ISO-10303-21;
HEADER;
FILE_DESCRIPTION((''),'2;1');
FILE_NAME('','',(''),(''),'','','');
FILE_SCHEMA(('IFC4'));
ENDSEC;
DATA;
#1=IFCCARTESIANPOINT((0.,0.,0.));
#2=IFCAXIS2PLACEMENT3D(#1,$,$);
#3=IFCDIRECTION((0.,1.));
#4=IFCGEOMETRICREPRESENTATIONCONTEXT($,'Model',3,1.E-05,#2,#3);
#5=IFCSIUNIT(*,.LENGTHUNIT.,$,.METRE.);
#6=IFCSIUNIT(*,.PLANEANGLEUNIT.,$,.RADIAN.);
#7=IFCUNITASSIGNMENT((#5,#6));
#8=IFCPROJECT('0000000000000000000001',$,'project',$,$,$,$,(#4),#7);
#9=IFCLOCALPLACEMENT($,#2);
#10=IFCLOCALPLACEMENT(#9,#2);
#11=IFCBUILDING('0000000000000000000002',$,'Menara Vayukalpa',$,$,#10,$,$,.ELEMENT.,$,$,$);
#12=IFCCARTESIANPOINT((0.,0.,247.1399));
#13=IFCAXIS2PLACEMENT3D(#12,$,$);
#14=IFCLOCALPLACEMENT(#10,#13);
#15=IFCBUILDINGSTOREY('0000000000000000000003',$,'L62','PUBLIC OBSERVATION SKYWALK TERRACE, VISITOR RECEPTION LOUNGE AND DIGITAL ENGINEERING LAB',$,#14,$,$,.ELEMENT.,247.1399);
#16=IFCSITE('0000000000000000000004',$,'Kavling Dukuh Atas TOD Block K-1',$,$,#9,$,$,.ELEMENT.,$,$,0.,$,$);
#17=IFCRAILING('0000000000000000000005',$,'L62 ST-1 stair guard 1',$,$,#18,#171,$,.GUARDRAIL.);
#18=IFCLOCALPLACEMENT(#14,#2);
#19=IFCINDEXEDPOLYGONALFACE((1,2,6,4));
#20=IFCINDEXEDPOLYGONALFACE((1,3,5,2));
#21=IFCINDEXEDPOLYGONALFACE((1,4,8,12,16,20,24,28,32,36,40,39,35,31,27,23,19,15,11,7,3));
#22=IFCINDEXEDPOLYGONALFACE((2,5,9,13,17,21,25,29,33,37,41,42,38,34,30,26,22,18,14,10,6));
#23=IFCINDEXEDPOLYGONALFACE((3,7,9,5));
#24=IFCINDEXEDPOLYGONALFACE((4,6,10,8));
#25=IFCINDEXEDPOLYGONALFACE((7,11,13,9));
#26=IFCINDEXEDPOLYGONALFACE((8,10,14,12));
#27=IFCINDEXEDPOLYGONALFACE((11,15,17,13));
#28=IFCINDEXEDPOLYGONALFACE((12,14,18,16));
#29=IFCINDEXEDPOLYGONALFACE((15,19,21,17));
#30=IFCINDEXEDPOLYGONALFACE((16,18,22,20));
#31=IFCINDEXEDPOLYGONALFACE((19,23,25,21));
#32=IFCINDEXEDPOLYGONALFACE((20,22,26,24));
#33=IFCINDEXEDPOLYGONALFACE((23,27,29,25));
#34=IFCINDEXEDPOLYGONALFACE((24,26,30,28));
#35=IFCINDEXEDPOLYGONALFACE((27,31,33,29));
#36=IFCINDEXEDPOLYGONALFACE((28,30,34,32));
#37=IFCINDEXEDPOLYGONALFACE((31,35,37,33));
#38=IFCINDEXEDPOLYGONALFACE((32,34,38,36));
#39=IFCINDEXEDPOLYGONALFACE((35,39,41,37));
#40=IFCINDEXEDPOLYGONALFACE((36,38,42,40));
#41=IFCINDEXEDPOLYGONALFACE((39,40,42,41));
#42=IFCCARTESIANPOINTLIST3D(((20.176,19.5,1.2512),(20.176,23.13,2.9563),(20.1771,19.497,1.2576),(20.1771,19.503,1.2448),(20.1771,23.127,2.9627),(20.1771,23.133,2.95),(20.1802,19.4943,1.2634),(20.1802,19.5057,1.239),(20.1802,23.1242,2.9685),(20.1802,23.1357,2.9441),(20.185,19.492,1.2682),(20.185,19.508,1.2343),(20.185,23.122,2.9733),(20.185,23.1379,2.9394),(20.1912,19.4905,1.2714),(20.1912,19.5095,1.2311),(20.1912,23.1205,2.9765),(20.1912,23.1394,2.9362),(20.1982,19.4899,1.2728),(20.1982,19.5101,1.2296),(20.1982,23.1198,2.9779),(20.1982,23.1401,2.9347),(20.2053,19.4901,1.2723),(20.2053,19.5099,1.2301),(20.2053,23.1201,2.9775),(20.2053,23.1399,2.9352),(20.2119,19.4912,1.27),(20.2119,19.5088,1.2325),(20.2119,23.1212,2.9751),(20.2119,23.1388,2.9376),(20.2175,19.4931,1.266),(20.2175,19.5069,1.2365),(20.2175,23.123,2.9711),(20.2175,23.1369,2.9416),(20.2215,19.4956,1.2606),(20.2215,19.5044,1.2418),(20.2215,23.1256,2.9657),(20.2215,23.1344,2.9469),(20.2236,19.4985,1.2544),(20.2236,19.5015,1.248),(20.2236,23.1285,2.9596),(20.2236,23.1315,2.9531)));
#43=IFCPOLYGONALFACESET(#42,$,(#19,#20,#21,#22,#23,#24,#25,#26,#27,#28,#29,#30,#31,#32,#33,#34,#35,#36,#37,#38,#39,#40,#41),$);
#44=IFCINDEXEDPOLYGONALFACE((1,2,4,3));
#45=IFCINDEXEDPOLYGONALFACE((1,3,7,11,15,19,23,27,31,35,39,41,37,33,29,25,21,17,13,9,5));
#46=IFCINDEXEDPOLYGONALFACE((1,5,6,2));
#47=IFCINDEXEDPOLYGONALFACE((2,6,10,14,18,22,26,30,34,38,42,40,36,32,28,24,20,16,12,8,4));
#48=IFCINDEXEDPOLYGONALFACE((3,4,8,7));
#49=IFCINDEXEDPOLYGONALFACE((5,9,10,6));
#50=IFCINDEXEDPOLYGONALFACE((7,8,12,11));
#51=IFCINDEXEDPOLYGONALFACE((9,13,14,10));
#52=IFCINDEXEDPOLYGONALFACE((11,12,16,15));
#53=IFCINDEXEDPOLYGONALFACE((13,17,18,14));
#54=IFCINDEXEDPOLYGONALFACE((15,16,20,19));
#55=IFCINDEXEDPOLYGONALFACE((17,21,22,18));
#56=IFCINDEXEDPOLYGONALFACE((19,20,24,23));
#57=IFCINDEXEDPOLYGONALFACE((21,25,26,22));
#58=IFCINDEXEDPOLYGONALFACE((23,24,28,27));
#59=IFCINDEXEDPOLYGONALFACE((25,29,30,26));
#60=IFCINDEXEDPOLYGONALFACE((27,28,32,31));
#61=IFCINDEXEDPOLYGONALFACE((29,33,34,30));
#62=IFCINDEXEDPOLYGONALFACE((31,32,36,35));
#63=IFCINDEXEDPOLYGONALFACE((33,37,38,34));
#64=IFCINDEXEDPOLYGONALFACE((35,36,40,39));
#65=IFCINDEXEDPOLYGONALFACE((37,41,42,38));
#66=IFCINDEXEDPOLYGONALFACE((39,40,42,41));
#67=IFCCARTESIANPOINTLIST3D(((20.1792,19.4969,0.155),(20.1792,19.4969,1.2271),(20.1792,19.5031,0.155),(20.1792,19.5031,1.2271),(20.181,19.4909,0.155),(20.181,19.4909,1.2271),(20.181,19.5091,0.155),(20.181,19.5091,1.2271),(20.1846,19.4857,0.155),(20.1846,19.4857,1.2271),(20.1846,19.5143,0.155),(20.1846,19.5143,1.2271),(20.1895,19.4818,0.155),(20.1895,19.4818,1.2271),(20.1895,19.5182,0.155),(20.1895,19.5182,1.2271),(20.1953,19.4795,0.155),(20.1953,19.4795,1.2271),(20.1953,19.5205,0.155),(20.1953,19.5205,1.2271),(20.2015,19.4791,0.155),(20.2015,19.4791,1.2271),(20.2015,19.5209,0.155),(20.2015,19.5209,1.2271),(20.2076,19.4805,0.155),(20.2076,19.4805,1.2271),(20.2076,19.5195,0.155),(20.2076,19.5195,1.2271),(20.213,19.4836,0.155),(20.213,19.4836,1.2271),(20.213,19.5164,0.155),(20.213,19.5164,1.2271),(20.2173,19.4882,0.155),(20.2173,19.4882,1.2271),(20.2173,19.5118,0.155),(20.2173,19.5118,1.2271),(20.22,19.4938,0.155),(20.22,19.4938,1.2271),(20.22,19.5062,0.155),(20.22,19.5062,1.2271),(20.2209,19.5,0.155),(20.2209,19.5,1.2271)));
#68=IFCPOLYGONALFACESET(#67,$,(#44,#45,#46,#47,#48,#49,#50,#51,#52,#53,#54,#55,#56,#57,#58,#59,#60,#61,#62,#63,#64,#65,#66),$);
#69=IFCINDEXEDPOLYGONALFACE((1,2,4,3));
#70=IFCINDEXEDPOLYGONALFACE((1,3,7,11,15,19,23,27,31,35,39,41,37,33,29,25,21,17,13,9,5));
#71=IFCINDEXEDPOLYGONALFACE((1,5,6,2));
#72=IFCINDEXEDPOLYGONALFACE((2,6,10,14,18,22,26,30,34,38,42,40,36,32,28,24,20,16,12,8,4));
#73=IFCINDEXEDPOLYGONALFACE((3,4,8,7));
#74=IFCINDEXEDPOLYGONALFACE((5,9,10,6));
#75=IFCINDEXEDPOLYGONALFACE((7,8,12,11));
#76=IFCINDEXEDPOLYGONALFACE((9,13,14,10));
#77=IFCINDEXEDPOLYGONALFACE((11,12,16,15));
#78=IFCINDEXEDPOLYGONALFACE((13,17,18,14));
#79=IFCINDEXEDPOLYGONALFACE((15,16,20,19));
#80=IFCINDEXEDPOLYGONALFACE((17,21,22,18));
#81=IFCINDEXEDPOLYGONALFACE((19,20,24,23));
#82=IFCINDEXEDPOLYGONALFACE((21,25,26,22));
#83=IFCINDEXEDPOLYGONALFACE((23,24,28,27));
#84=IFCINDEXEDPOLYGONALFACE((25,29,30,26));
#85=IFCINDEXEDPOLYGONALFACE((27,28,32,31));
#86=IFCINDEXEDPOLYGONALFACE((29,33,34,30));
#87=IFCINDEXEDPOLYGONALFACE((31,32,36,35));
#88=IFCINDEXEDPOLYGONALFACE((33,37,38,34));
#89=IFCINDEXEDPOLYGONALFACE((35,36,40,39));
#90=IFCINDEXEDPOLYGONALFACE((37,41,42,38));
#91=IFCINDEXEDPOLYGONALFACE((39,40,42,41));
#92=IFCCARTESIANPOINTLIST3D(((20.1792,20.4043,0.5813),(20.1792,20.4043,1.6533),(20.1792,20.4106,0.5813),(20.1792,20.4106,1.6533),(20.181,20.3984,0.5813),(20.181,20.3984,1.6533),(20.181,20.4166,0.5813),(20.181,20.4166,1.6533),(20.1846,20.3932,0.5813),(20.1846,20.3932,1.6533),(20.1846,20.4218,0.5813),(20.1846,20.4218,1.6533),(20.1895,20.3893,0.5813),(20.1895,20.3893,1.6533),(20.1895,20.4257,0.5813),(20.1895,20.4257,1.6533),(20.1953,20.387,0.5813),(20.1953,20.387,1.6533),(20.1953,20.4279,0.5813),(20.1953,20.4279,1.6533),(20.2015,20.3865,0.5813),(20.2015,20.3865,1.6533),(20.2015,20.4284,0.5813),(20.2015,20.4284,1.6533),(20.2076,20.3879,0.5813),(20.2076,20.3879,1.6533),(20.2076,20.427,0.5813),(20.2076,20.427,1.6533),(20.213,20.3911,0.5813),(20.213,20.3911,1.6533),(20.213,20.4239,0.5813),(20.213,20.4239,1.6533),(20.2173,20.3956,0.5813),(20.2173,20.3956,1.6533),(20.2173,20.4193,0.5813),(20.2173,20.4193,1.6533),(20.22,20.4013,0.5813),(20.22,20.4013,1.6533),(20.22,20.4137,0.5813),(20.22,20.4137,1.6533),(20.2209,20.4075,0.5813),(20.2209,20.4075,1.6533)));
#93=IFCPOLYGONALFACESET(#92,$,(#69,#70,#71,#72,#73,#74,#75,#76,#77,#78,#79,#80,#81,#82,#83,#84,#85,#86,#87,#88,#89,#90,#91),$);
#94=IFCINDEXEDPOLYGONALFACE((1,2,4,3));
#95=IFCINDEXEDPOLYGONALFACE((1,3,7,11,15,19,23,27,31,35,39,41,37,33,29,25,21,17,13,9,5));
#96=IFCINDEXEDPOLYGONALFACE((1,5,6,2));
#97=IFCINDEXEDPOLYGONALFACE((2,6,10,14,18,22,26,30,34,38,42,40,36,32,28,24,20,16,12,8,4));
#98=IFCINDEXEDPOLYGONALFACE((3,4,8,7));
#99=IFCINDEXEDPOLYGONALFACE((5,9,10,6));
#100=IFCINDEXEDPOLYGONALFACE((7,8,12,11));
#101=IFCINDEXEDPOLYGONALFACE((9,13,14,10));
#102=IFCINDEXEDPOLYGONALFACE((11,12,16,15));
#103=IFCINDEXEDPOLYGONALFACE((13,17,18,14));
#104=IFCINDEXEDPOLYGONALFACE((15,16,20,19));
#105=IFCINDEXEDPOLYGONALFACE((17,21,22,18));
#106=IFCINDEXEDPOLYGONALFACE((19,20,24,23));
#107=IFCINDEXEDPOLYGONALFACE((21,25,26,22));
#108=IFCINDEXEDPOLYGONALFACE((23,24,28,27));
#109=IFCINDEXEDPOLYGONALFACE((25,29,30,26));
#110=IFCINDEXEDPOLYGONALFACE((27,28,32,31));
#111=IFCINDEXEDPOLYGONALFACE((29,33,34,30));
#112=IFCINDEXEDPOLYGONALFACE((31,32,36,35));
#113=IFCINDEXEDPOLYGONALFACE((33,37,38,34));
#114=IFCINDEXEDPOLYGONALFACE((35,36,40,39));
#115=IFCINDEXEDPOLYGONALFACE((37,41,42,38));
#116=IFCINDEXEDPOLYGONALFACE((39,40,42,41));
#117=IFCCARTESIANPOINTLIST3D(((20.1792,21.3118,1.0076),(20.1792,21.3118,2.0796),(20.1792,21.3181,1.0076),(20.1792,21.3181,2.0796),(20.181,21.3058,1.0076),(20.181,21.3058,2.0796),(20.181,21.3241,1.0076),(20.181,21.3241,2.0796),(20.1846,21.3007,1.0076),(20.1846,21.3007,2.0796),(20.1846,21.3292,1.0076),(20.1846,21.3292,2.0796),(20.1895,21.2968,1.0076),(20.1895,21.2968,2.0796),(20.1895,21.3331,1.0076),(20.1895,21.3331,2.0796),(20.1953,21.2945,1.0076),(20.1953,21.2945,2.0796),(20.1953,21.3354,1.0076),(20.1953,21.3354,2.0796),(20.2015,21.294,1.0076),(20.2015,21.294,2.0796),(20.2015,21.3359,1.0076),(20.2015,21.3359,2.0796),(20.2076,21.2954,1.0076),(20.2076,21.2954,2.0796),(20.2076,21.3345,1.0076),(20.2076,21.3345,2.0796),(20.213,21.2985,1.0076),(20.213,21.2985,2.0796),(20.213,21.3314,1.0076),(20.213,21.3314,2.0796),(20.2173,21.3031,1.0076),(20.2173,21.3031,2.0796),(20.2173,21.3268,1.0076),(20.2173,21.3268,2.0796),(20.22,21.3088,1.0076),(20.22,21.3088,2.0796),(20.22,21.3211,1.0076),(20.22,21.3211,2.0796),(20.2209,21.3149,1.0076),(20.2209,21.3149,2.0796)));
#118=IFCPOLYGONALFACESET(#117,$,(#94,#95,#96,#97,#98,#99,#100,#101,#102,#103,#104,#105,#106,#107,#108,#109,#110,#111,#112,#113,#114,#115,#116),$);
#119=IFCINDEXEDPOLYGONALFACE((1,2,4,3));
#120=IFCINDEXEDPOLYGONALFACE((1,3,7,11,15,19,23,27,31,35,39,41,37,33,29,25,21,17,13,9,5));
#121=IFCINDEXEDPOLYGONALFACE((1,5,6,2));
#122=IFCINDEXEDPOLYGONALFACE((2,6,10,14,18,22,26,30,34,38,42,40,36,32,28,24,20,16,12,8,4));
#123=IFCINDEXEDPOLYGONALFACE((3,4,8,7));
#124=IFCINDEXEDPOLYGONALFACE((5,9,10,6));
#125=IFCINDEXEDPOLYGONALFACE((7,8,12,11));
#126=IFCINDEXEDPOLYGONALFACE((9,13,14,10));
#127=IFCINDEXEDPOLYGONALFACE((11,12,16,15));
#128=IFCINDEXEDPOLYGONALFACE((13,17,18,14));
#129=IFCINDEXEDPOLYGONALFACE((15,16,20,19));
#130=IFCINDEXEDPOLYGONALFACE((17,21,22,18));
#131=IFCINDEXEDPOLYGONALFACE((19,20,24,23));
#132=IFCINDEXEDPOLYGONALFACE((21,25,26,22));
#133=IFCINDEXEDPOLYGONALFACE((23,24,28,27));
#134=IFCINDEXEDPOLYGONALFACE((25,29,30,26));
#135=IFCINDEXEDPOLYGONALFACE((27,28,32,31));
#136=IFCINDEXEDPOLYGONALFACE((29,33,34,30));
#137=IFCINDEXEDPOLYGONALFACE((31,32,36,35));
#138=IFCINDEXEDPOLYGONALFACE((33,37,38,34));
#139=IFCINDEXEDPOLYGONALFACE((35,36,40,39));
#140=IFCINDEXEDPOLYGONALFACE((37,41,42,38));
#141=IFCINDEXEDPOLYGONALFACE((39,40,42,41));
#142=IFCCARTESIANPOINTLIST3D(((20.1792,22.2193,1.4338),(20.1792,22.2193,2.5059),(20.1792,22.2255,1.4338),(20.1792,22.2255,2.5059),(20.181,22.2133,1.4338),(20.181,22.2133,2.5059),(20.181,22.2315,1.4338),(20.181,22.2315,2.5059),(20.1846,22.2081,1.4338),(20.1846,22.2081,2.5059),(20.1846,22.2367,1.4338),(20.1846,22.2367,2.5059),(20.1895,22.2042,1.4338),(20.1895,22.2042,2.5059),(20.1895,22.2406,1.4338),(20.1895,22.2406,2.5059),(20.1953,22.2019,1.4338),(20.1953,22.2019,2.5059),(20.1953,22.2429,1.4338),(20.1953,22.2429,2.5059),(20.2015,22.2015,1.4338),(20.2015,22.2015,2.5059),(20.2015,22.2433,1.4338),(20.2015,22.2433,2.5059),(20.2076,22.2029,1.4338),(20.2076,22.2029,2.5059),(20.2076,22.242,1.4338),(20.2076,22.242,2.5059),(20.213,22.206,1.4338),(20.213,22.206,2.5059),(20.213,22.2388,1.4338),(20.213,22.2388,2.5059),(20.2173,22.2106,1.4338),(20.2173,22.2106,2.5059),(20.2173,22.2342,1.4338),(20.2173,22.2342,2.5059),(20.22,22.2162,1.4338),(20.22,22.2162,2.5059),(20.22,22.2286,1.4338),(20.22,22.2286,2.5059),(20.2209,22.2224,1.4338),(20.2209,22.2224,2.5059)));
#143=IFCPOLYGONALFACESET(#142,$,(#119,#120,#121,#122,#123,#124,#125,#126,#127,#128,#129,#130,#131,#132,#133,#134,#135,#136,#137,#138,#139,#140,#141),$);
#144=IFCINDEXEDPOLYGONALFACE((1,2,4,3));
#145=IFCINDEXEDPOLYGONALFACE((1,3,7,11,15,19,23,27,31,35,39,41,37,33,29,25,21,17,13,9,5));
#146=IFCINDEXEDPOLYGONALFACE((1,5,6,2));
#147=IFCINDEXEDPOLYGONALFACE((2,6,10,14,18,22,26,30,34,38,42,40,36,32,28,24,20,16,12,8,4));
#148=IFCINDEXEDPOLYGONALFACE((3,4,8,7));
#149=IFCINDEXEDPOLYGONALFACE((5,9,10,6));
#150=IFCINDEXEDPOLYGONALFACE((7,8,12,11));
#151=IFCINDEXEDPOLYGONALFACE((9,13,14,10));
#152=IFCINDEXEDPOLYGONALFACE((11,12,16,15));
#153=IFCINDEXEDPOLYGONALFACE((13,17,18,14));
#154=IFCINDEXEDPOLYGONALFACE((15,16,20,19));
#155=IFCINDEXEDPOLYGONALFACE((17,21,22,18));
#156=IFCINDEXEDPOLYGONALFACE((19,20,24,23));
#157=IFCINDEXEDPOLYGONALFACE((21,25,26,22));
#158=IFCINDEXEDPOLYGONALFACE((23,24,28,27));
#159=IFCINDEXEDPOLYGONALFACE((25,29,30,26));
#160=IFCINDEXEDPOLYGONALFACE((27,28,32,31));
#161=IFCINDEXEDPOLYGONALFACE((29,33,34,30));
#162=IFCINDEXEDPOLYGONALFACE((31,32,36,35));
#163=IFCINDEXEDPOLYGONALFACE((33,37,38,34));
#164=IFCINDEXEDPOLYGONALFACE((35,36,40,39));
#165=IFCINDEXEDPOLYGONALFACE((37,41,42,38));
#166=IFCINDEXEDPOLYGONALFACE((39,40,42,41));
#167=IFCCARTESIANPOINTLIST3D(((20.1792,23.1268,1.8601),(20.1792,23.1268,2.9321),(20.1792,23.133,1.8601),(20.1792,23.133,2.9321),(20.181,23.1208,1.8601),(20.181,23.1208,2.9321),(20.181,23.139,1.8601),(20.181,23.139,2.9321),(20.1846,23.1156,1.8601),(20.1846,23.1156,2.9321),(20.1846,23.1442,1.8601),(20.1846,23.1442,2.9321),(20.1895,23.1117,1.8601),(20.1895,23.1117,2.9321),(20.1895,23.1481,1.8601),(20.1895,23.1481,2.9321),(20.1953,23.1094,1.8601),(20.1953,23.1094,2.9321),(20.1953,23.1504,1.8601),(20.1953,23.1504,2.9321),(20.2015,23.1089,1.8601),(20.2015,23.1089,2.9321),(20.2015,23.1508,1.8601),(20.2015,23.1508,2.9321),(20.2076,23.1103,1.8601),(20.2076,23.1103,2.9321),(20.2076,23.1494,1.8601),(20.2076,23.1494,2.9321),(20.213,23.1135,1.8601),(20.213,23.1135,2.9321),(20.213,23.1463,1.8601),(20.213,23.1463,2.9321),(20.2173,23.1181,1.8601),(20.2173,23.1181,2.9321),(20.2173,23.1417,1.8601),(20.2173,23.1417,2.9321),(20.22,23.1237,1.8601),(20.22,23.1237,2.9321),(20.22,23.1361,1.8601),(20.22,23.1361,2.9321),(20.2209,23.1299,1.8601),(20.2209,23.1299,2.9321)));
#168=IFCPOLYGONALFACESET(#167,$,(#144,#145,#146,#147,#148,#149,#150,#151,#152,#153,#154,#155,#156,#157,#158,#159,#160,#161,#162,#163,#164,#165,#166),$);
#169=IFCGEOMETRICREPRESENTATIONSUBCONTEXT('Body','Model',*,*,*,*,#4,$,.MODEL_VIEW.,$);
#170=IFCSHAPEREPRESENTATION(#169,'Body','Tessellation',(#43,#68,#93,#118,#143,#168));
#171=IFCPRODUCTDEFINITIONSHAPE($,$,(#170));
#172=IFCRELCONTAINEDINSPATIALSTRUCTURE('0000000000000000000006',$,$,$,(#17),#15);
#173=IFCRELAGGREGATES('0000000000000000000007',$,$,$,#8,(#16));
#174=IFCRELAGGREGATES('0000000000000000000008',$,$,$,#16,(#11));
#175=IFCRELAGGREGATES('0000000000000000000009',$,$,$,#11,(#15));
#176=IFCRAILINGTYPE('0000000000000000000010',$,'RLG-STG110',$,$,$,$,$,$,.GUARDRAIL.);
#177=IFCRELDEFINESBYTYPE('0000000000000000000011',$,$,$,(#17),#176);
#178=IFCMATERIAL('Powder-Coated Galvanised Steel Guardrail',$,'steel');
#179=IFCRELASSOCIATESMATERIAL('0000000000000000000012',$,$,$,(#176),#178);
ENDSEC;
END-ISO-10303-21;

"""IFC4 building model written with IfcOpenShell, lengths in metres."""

from ifc_helpers import new_model, si_unit, direction, frame, origin, origin_2d, place, context, subcontext, project, spatial, circle, extrude, material, type_object, element, save


model = new_model("IFC4")

# Units and contexts
model_context = context("Model", 3, precision=1e-05, world=origin(), true_north=direction((0.0, 1.0)))
body_context = subcontext(model_context, "Body", "Model", "MODEL_VIEW")
ifc_project = project(units=[si_unit("LENGTHUNIT", "METRE"), si_unit("PLANEANGLEUNIT", "RADIAN")], contexts=[model_context])

# Site, building, storey
site_placement = place(None, origin())
site = spatial("IfcSite", under=ifc_project, at=site_placement, Name="Kavling Dukuh Atas TOD Block K-1", CompositionType="ELEMENT", RefElevation=0.0)
building_placement = place(site_placement, origin())
building = spatial("IfcBuilding", under=site, at=building_placement, Name="Menara Vayukalpa", CompositionType="ELEMENT")
storey_placement = place(building_placement, frame((0.0, 0.0, 247.1399)))
storey = spatial("IfcBuildingStorey", under=building, at=storey_placement, Name="L62", Description="PUBLIC OBSERVATION SKYWALK TERRACE, VISITOR RECEPTION LOUNGE AND DIGITAL ENGINEERING LAB", CompositionType="ELEMENT", Elevation=247.1399)

# Railing
ifc_material_1 = material(Name="Powder-Coated Galvanised Steel Guardrail", Category="steel")
railing_type_1 = type_object("IfcRailingType", Name="RLG-STG110", PredefinedType="GUARDRAIL", material=ifc_material_1)
railing_1_placement = place(storey_placement, frame((20.2, 19.5, 0.155)))
element("IfcRailing", 1, at=railing_1_placement, inside=storey, type_object=railing_type_1, Name="L62 ST-1 stair guard 1", PredefinedType="GUARDRAIL", context=body_context, shape_type="SweptSolid", body=[
    extrude(circle(Radius=0.0239, at=origin_2d()), frame((0.0, 0.0, 1.0962), z_axis=(0.0, 0.905116, 0.425164), x_axis=(-1.0, 0.0, 0.0)), (0.0, 0.0, 1.0), 4.0105),
    extrude(circle(Radius=0.021, at=origin_2d()), origin(), (0.0, 0.0, 1.0), 1.072),
    extrude(circle(Radius=0.021, at=origin_2d()), frame((0.0, 0.9075, 0.4263)), (0.0, 0.0, 1.0), 1.072),
    extrude(circle(Radius=0.021, at=origin_2d()), frame((0.0, 1.8149, 0.8525)), (0.0, 0.0, 1.0), 1.072),
    extrude(circle(Radius=0.021, at=origin_2d()), frame((0.0, 2.7224, 1.2788)), (0.0, 0.0, 1.0), 1.072),
    extrude(circle(Radius=0.021, at=origin_2d()), frame((0.0, 3.6299, 1.7051)), (0.0, 0.0, 1.0), 1.072),
])

save(model, "model.ifc")
